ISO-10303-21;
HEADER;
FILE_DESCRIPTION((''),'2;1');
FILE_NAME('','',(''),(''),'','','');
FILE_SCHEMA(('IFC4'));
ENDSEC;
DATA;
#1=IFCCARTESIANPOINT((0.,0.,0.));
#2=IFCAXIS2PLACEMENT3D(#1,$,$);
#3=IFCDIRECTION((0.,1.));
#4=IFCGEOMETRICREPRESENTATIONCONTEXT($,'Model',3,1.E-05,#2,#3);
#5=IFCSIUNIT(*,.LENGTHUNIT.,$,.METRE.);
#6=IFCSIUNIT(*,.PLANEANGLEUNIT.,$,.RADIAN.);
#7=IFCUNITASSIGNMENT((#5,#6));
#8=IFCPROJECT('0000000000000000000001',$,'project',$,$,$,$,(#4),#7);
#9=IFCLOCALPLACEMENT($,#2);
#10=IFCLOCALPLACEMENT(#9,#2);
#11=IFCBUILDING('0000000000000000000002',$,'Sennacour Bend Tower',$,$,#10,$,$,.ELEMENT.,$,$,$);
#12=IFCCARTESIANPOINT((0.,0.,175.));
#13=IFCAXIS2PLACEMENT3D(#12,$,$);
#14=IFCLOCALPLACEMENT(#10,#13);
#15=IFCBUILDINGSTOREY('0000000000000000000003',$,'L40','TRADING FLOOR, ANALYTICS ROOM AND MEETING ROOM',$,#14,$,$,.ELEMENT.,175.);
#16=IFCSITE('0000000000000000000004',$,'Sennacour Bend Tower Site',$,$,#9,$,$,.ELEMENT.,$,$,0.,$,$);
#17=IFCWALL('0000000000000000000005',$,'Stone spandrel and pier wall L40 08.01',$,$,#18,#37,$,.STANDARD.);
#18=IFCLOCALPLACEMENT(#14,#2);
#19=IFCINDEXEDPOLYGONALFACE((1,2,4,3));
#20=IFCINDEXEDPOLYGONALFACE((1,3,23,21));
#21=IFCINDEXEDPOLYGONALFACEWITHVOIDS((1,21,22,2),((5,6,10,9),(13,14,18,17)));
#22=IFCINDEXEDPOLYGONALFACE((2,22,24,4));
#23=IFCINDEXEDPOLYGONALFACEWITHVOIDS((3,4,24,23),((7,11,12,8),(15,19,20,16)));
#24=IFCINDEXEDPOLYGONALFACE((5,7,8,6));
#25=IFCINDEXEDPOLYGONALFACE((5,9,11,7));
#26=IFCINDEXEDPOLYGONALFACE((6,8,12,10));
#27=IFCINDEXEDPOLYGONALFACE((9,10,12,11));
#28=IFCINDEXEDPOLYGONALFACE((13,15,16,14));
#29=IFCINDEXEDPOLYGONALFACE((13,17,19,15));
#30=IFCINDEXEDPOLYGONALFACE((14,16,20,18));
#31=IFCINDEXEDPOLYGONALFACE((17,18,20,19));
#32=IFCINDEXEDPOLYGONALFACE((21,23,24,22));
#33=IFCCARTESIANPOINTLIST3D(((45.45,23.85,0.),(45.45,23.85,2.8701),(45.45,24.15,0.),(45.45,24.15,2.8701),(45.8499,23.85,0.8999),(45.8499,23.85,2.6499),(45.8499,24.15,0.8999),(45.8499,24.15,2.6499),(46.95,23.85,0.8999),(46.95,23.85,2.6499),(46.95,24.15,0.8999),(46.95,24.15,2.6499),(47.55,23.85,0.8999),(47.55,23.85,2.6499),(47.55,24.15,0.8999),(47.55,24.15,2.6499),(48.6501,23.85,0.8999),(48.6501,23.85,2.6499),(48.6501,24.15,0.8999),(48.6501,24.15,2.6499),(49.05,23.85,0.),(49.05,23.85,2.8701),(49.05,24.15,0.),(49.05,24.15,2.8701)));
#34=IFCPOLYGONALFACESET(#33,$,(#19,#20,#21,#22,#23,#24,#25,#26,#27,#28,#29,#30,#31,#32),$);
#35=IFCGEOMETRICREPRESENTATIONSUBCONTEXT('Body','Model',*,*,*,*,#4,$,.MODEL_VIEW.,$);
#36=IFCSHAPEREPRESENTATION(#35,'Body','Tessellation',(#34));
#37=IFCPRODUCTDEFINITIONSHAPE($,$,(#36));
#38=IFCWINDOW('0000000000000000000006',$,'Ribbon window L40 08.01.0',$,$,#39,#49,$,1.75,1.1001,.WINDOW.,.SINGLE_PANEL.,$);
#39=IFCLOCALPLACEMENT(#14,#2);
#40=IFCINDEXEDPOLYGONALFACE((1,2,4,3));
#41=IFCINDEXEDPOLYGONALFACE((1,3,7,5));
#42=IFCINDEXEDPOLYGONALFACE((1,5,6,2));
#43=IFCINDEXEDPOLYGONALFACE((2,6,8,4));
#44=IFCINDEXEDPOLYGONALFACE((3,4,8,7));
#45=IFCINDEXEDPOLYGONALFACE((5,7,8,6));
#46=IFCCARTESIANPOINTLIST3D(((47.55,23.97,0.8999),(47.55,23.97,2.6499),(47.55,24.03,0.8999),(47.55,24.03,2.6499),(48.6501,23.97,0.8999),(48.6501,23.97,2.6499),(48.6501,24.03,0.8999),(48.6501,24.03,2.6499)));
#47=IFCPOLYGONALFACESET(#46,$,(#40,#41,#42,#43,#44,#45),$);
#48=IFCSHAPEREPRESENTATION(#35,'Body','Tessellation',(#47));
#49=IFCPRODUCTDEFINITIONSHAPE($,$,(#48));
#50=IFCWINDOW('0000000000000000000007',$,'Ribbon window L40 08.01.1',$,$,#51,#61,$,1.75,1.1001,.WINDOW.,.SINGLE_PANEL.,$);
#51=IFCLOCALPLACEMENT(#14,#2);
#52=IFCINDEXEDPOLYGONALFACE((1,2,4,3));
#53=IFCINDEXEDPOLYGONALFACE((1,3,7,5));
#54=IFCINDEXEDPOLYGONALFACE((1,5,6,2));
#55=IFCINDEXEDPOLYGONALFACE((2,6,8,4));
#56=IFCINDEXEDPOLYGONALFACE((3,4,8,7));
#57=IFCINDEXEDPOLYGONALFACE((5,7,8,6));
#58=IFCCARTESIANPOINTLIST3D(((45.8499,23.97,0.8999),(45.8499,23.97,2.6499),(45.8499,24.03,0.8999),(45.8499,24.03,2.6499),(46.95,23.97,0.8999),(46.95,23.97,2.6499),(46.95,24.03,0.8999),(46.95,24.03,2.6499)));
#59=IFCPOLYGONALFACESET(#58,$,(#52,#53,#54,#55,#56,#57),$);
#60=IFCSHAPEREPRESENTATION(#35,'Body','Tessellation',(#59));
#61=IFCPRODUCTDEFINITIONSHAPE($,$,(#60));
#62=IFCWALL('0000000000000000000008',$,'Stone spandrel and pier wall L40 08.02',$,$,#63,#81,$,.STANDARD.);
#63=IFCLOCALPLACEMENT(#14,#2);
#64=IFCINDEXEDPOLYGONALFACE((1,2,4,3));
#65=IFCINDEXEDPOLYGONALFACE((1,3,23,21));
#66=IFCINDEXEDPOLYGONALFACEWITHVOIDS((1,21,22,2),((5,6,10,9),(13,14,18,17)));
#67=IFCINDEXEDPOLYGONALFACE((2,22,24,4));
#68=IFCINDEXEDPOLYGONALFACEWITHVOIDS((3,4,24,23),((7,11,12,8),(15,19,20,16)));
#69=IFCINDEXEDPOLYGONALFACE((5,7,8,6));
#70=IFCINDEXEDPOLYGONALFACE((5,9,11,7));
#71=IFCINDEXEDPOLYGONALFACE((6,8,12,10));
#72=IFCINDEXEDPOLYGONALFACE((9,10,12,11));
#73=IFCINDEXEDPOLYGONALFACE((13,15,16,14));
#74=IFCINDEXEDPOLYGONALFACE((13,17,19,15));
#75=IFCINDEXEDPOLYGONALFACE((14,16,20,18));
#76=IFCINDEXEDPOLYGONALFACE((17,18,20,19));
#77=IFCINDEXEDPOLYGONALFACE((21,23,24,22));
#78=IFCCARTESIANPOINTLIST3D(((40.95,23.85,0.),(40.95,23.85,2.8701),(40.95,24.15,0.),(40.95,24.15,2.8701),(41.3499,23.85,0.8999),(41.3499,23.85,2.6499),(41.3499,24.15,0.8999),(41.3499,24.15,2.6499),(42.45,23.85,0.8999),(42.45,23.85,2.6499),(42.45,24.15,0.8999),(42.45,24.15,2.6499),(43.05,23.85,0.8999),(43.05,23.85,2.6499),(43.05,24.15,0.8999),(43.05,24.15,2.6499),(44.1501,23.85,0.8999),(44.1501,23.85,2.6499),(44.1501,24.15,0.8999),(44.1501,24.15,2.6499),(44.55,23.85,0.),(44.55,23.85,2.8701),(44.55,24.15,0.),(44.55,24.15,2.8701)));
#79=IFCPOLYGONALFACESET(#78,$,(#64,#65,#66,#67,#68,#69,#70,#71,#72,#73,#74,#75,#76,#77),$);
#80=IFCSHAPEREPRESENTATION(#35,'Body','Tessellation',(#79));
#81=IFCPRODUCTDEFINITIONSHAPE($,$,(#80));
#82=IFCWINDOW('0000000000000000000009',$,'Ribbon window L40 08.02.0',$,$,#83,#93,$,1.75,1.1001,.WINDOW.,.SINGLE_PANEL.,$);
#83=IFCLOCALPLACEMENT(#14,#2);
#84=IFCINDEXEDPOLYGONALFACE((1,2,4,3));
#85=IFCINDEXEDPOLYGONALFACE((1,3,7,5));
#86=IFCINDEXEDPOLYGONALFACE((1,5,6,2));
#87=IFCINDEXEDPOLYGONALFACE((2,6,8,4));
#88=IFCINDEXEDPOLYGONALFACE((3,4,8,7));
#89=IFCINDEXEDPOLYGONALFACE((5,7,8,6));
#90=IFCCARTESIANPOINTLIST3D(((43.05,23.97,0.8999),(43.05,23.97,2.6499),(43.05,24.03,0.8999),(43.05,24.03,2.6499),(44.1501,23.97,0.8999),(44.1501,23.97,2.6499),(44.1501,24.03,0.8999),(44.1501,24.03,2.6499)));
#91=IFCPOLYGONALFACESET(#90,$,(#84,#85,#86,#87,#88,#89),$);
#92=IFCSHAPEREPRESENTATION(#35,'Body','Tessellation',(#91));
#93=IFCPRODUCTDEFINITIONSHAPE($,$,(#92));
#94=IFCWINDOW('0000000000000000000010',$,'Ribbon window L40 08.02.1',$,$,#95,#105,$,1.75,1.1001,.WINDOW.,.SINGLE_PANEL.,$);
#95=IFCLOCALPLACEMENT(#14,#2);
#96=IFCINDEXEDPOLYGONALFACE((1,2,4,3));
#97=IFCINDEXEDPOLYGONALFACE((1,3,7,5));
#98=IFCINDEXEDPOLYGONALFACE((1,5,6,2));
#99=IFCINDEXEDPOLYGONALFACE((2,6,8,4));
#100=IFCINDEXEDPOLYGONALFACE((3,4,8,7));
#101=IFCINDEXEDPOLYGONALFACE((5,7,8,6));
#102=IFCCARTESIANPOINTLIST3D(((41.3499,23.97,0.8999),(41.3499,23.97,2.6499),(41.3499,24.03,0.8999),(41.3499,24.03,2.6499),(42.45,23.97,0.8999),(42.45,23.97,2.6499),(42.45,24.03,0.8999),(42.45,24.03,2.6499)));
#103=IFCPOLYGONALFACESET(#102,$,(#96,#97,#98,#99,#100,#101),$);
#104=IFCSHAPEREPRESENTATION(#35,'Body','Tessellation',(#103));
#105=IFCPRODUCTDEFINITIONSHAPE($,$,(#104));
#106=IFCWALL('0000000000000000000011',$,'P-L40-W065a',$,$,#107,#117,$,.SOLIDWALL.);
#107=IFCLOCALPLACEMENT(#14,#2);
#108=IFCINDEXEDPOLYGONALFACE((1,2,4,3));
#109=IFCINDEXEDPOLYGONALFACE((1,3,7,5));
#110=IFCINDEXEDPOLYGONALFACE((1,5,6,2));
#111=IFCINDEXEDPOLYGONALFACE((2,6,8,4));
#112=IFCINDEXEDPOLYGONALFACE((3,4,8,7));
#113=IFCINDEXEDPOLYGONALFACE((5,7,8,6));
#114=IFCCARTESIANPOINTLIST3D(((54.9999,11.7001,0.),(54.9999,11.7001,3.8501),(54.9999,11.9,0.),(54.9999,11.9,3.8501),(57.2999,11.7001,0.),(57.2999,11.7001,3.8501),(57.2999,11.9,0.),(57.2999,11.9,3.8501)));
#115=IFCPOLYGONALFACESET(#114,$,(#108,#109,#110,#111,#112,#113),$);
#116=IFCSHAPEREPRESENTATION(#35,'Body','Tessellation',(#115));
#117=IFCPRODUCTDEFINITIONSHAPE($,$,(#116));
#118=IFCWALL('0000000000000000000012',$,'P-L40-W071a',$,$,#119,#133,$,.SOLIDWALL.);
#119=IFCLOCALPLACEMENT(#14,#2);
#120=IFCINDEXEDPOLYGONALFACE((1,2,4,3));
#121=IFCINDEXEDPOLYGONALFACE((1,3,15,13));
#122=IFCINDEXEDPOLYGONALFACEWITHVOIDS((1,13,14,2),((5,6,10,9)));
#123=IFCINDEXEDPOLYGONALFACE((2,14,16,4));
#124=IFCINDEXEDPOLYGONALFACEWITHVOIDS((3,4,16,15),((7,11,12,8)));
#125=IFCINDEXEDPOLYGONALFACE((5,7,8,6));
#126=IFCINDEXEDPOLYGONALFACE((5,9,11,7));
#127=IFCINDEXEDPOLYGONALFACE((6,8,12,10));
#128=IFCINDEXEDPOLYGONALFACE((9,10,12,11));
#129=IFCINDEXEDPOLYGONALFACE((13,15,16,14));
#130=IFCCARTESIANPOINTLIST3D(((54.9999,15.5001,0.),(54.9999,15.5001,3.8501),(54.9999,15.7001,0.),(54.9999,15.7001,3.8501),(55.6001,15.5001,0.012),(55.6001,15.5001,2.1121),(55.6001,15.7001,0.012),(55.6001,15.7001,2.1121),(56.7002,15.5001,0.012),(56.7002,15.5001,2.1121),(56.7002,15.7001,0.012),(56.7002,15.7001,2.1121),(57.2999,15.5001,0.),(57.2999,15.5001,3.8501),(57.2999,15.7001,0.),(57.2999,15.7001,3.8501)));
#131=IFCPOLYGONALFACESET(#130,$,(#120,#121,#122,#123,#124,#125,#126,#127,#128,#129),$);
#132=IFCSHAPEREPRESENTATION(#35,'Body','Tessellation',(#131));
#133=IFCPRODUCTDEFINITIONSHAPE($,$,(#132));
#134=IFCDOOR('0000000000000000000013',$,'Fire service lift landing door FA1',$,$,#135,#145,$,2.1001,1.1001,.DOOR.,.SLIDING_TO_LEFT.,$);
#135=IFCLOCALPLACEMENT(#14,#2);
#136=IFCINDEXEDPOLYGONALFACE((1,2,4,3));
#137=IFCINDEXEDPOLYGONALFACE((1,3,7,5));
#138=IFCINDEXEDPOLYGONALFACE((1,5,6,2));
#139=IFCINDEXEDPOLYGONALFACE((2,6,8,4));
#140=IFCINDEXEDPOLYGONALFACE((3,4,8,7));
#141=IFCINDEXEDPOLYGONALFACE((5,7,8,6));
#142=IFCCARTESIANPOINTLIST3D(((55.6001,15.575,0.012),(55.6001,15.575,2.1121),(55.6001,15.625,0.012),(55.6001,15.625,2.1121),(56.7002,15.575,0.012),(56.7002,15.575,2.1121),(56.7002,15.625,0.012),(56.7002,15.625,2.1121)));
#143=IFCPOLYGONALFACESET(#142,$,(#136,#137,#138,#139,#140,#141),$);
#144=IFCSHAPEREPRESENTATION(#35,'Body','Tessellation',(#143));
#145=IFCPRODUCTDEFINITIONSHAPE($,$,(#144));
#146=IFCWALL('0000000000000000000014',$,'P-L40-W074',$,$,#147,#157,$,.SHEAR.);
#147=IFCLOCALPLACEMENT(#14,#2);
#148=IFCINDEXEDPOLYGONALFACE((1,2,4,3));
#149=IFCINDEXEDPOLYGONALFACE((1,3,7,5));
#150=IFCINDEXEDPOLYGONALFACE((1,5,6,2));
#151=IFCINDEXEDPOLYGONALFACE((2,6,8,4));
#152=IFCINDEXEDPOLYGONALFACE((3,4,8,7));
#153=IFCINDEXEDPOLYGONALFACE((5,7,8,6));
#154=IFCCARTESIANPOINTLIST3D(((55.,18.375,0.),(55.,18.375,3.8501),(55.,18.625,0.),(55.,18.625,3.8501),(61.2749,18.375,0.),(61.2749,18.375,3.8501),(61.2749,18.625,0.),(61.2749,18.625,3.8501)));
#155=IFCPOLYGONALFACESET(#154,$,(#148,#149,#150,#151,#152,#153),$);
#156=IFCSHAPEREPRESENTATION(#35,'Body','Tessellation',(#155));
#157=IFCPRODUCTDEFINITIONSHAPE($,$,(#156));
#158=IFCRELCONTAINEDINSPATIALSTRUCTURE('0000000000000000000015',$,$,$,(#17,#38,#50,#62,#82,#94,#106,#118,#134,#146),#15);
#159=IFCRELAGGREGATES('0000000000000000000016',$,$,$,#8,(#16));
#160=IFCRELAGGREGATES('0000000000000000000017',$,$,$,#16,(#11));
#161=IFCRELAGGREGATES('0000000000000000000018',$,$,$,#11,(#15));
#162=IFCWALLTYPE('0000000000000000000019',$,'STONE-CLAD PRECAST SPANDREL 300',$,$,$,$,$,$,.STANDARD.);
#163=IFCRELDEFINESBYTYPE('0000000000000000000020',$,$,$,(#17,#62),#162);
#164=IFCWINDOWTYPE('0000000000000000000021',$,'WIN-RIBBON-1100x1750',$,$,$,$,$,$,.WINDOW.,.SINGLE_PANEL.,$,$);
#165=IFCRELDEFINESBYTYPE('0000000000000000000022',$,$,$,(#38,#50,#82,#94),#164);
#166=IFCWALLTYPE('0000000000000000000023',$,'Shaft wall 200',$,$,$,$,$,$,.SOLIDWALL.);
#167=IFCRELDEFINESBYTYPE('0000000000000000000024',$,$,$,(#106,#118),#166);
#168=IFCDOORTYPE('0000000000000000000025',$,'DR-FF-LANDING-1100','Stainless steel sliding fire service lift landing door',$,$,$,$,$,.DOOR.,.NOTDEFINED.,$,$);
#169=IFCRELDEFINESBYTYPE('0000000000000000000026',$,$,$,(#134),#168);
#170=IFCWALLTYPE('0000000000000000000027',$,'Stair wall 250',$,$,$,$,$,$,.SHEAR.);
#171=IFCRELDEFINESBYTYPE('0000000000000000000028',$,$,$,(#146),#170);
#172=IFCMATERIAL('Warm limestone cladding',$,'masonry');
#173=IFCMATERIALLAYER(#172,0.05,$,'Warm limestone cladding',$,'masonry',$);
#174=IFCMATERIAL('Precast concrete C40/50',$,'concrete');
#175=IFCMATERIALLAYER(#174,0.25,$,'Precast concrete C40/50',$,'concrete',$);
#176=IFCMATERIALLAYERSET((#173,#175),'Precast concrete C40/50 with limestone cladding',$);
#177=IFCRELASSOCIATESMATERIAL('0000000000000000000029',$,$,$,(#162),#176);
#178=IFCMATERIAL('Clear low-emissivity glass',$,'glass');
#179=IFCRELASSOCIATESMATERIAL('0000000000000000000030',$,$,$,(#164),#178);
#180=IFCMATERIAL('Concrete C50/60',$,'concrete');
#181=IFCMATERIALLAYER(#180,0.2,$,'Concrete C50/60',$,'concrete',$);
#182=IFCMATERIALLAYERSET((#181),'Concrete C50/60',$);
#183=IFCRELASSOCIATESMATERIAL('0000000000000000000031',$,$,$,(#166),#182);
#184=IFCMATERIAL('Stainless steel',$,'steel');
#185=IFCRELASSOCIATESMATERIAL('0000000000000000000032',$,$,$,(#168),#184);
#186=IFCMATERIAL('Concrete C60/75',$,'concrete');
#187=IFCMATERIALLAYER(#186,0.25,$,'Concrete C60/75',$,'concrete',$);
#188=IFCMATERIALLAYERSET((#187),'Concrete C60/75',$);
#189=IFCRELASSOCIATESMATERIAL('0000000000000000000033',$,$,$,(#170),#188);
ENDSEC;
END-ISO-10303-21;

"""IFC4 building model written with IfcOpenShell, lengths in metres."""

from ifc_helpers import new_model, si_unit, direction, frame, frame_2d, origin, place, context, subcontext, project, spatial, rectangle, extrude, material, layer, layer_set, type_object, element, fill, save


model = new_model("IFC4")

# Units and contexts
model_context = context("Model", 3, precision=1e-05, world=origin(), true_north=direction((0.0, 1.0)))
body_context = subcontext(model_context, "Body", "Model", "MODEL_VIEW")
ifc_project = project(units=[si_unit("LENGTHUNIT", "METRE"), si_unit("PLANEANGLEUNIT", "RADIAN")], contexts=[model_context])

# Site, building, storey
site_placement = place(None, origin())
site = spatial("IfcSite", under=ifc_project, at=site_placement, Name="Sennacour Bend Tower Site", CompositionType="ELEMENT", RefElevation=0.0)
building_placement = place(site_placement, origin())
building = spatial("IfcBuilding", under=site, at=building_placement, Name="Sennacour Bend Tower", CompositionType="ELEMENT")
storey_placement = place(building_placement, frame((0.0, 0.0, 175.0)))
storey = spatial("IfcBuildingStorey", under=building, at=storey_placement, Name="L40", Description="TRADING FLOOR, ANALYTICS ROOM AND MEETING ROOM", CompositionType="ELEMENT", Elevation=175.0)

# Shared definitions
ifc_material_1 = material(Name="Concrete C60/75", Category="concrete")
ifc_material_2 = material(Name="Warm limestone cladding", Category="masonry")
ifc_layer_1 = layer(ifc_material_2, 0.05, Name="Warm limestone cladding", Category="masonry")
ifc_material_3 = material(Name="Precast concrete C40/50", Category="concrete")
ifc_layer_2 = layer(ifc_material_3, 0.25, Name="Precast concrete C40/50", Category="concrete")
ifc_layer_set_1 = layer_set([ifc_layer_1, ifc_layer_2], Name="Precast concrete C40/50 with limestone cladding")
wall_type_1 = type_object("IfcWallType", Name="STONE-CLAD PRECAST SPANDREL 300", PredefinedType="STANDARD", material=ifc_layer_set_1)

# Walls, openings, windows
ifc_material_4 = material(Name="Clear low-emissivity glass", Category="glass")
window_type = type_object("IfcWindowType", Name="WIN-RIBBON-1100x1750", PartitioningType="SINGLE_PANEL", PredefinedType="WINDOW", material=ifc_material_4)
wall_1_placement = place(storey_placement, frame((49.05, 24.0, 0.0), z_axis=(0.0, 0.0, 1.0), x_axis=(-1.0, 0.0, 0.0)))
wall_1 = element("IfcWall", 1, at=wall_1_placement, inside=storey, type_object=wall_type_1, Name="Stone spandrel and pier wall L40 08.01", PredefinedType="STANDARD", context=body_context, shape_type="SweptSolid", body=[
    extrude(rectangle(XDim=3.6001, YDim=0.3, at=frame_2d((1.8, 0.0))), origin(), (0.0, 0.0, 1.0), 2.8701),
])
opening_1_placement = place(wall_1_placement, frame((0.3999, 0.0, 0.8999)))
opening_1 = element("IfcOpeningElement", 2, at=opening_1_placement, cuts=wall_1, PredefinedType="OPENING", context=body_context, shape_type="SweptSolid", body=[
    extrude(rectangle(XDim=1.1001, YDim=1.75, at=frame_2d((0.55, 0.875))), frame((0.0, 0.1602, 0.0), z_axis=(0.0, -1.0, 0.0), x_axis=(1.0, 0.0, 0.0)), (0.0, 0.0, 1.0), 0.3201),
])
opening_2_placement = place(wall_1_placement, frame((2.1001, 0.0, 0.8999)))
opening_2 = element("IfcOpeningElement", 3, at=opening_2_placement, cuts=wall_1, PredefinedType="OPENING", context=body_context, shape_type="SweptSolid", body=[
    extrude(rectangle(XDim=1.1001, YDim=1.75, at=frame_2d((0.55, 0.875))), frame((0.0, 0.1602, 0.0), z_axis=(0.0, -1.0, 0.0), x_axis=(1.0, 0.0, 0.0)), (0.0, 0.0, 1.0), 0.3201),
])
window_1_placement = place(opening_1_placement, origin())
window_1 = element("IfcWindow", 4, at=window_1_placement, inside=storey, type_object=window_type, Name="Ribbon window L40 08.01.0", OverallHeight=1.75, OverallWidth=1.1001, PartitioningType="SINGLE_PANEL", PredefinedType="WINDOW", context=body_context, shape_type="SweptSolid", body=[
    extrude(rectangle(XDim=1.1001, YDim=1.75, at=frame_2d((0.55, 0.875))), frame((0.0, 0.03, 0.0), z_axis=(0.0, -1.0, 0.0), x_axis=(1.0, 0.0, 0.0)), (0.0, 0.0, 1.0), 0.0601),
])
fill(opening_1, window_1)
window_2_placement = place(opening_2_placement, origin())
window_2 = element("IfcWindow", 5, at=window_2_placement, inside=storey, type_object=window_type, Name="Ribbon window L40 08.01.1", OverallHeight=1.75, OverallWidth=1.1001, PartitioningType="SINGLE_PANEL", PredefinedType="WINDOW", context=body_context, shape_type="SweptSolid", body=[
    extrude(rectangle(XDim=1.1001, YDim=1.75, at=frame_2d((0.55, 0.875))), frame((0.0, 0.03, 0.0), z_axis=(0.0, -1.0, 0.0), x_axis=(1.0, 0.0, 0.0)), (0.0, 0.0, 1.0), 0.0601),
])
fill(opening_2, window_2)
wall_2_placement = place(storey_placement, frame((44.55, 24.0, 0.0), z_axis=(0.0, 0.0, 1.0), x_axis=(-1.0, 0.0, 0.0)))
wall_2 = element("IfcWall", 6, at=wall_2_placement, inside=storey, type_object=wall_type_1, Name="Stone spandrel and pier wall L40 08.02", PredefinedType="STANDARD", context=body_context, shape_type="SweptSolid", body=[
    extrude(rectangle(XDim=3.6001, YDim=0.3, at=frame_2d((1.8, 0.0))), origin(), (0.0, 0.0, 1.0), 2.8701),
])
opening_3_placement = place(wall_2_placement, frame((0.3999, 0.0, 0.8999)))
opening_3 = element("IfcOpeningElement", 7, at=opening_3_placement, cuts=wall_2, PredefinedType="OPENING", context=body_context, shape_type="SweptSolid", body=[
    extrude(rectangle(XDim=1.1001, YDim=1.75, at=frame_2d((0.55, 0.875))), frame((0.0, 0.1602, 0.0), z_axis=(0.0, -1.0, 0.0), x_axis=(1.0, 0.0, 0.0)), (0.0, 0.0, 1.0), 0.3201),
])
opening_4_placement = place(wall_2_placement, frame((2.1001, 0.0, 0.8999)))
opening_4 = element("IfcOpeningElement", 8, at=opening_4_placement, cuts=wall_2, PredefinedType="OPENING", context=body_context, shape_type="SweptSolid", body=[
    extrude(rectangle(XDim=1.1001, YDim=1.75, at=frame_2d((0.55, 0.875))), frame((0.0, 0.1602, 0.0), z_axis=(0.0, -1.0, 0.0), x_axis=(1.0, 0.0, 0.0)), (0.0, 0.0, 1.0), 0.3201),
])
window_3_placement = place(opening_3_placement, origin())
window_3 = element("IfcWindow", 9, at=window_3_placement, inside=storey, type_object=window_type, Name="Ribbon window L40 08.02.0", OverallHeight=1.75, OverallWidth=1.1001, PartitioningType="SINGLE_PANEL", PredefinedType="WINDOW", context=body_context, shape_type="SweptSolid", body=[
    extrude(rectangle(XDim=1.1001, YDim=1.75, at=frame_2d((0.55, 0.875))), frame((0.0, 0.03, 0.0), z_axis=(0.0, -1.0, 0.0), x_axis=(1.0, 0.0, 0.0)), (0.0, 0.0, 1.0), 0.0601),
])
fill(opening_3, window_3)
window_4_placement = place(opening_4_placement, origin())
window_4 = element("IfcWindow", 10, at=window_4_placement, inside=storey, type_object=window_type, Name="Ribbon window L40 08.02.1", OverallHeight=1.75, OverallWidth=1.1001, PartitioningType="SINGLE_PANEL", PredefinedType="WINDOW", context=body_context, shape_type="SweptSolid", body=[
    extrude(rectangle(XDim=1.1001, YDim=1.75, at=frame_2d((0.55, 0.875))), frame((0.0, 0.03, 0.0), z_axis=(0.0, -1.0, 0.0), x_axis=(1.0, 0.0, 0.0)), (0.0, 0.0, 1.0), 0.0601),
])
fill(opening_4, window_4)

# Wall
ifc_material_5 = material(Name="Concrete C50/60", Category="concrete")
ifc_layer_3 = layer(ifc_material_5, 0.2, Name="Concrete C50/60", Category="concrete")
ifc_layer_set_2 = layer_set([ifc_layer_3], Name="Concrete C50/60")
wall_type_2 = type_object("IfcWallType", Name="Shaft wall 200", PredefinedType="SOLIDWALL", material=ifc_layer_set_2)
wall_3_placement = place(storey_placement, frame((55.0, 11.8, 0.0), z_axis=(0.0, 0.0, 1.0), x_axis=(1.0, 0.0, 0.0)))
element("IfcWall", 11, at=wall_3_placement, inside=storey, type_object=wall_type_2, Name="P-L40-W065a", PredefinedType="SOLIDWALL", context=body_context, shape_type="SweptSolid", body=[
    extrude(rectangle(XDim=2.3, YDim=0.2, at=frame_2d((1.1499, 0.0))), origin(), (0.0, 0.0, 1.0), 3.8501),
])

# Wall, opening, door
wall_4_placement = place(storey_placement, frame((55.0, 15.6001, 0.0), z_axis=(0.0, 0.0, 1.0), x_axis=(1.0, 0.0, 0.0)))
wall_4 = element("IfcWall", 12, at=wall_4_placement, inside=storey, type_object=wall_type_2, Name="P-L40-W071a", PredefinedType="SOLIDWALL", context=body_context, shape_type="SweptSolid", body=[
    extrude(rectangle(XDim=2.3, YDim=0.2, at=frame_2d((1.1499, 0.0))), origin(), (0.0, 0.0, 1.0), 3.8501),
])
opening_5_placement = place(wall_4_placement, frame((0.6001, 0.0, 0.012)))
opening_5 = element("IfcOpeningElement", 13, at=opening_5_placement, cuts=wall_4, PredefinedType="OPENING", context=body_context, shape_type="SweptSolid", body=[
    extrude(rectangle(XDim=1.1001, YDim=2.1001, at=frame_2d((0.55, 1.05))), frame((0.0, 0.1099, 0.0), z_axis=(0.0, -1.0, 0.0), x_axis=(1.0, 0.0, 0.0)), (0.0, 0.0, 1.0), 0.22),
])
ifc_material_6 = material(Name="Stainless steel", Category="steel")
door_type = type_object("IfcDoorType", Name="DR-FF-LANDING-1100", Description="Stainless steel sliding fire service lift landing door", OperationType="NOTDEFINED", PredefinedType="DOOR", material=ifc_material_6)
door_placement = place(opening_5_placement, origin())
door = element("IfcDoor", 14, at=door_placement, inside=storey, type_object=door_type, Name="Fire service lift landing door FA1", OperationType="SLIDING_TO_LEFT", OverallHeight=2.1001, OverallWidth=1.1001, PredefinedType="DOOR", context=body_context, shape_type="SweptSolid", body=[
    extrude(rectangle(XDim=1.1001, YDim=2.1001, at=frame_2d((0.55, 1.05))), frame((0.0, 0.0249, 0.0), z_axis=(0.0, -1.0, 0.0), x_axis=(1.0, 0.0, 0.0)), (0.0, 0.0, 1.0), 0.05),
])
fill(opening_5, door)

# Wall
ifc_layer_4 = layer(ifc_material_1, 0.25, Name="Concrete C60/75", Category="concrete")
ifc_layer_set_3 = layer_set([ifc_layer_4], Name="Concrete C60/75")
wall_type_3 = type_object("IfcWallType", Name="Stair wall 250", PredefinedType="SHEAR", material=ifc_layer_set_3)
wall_5_placement = place(storey_placement, frame((55.0, 18.5, 0.0), z_axis=(0.0, 0.0, 1.0), x_axis=(1.0, 0.0, 0.0)))
element("IfcWall", 15, at=wall_5_placement, inside=storey, type_object=wall_type_3, Name="P-L40-W074", PredefinedType="SHEAR", context=body_context, shape_type="SweptSolid", body=[
    extrude(rectangle(XDim=6.2749, YDim=0.25, at=frame_2d((3.1375, 0.0))), origin(), (0.0, 0.0, 1.0), 3.8501),
])

save(model, "model.ifc")
